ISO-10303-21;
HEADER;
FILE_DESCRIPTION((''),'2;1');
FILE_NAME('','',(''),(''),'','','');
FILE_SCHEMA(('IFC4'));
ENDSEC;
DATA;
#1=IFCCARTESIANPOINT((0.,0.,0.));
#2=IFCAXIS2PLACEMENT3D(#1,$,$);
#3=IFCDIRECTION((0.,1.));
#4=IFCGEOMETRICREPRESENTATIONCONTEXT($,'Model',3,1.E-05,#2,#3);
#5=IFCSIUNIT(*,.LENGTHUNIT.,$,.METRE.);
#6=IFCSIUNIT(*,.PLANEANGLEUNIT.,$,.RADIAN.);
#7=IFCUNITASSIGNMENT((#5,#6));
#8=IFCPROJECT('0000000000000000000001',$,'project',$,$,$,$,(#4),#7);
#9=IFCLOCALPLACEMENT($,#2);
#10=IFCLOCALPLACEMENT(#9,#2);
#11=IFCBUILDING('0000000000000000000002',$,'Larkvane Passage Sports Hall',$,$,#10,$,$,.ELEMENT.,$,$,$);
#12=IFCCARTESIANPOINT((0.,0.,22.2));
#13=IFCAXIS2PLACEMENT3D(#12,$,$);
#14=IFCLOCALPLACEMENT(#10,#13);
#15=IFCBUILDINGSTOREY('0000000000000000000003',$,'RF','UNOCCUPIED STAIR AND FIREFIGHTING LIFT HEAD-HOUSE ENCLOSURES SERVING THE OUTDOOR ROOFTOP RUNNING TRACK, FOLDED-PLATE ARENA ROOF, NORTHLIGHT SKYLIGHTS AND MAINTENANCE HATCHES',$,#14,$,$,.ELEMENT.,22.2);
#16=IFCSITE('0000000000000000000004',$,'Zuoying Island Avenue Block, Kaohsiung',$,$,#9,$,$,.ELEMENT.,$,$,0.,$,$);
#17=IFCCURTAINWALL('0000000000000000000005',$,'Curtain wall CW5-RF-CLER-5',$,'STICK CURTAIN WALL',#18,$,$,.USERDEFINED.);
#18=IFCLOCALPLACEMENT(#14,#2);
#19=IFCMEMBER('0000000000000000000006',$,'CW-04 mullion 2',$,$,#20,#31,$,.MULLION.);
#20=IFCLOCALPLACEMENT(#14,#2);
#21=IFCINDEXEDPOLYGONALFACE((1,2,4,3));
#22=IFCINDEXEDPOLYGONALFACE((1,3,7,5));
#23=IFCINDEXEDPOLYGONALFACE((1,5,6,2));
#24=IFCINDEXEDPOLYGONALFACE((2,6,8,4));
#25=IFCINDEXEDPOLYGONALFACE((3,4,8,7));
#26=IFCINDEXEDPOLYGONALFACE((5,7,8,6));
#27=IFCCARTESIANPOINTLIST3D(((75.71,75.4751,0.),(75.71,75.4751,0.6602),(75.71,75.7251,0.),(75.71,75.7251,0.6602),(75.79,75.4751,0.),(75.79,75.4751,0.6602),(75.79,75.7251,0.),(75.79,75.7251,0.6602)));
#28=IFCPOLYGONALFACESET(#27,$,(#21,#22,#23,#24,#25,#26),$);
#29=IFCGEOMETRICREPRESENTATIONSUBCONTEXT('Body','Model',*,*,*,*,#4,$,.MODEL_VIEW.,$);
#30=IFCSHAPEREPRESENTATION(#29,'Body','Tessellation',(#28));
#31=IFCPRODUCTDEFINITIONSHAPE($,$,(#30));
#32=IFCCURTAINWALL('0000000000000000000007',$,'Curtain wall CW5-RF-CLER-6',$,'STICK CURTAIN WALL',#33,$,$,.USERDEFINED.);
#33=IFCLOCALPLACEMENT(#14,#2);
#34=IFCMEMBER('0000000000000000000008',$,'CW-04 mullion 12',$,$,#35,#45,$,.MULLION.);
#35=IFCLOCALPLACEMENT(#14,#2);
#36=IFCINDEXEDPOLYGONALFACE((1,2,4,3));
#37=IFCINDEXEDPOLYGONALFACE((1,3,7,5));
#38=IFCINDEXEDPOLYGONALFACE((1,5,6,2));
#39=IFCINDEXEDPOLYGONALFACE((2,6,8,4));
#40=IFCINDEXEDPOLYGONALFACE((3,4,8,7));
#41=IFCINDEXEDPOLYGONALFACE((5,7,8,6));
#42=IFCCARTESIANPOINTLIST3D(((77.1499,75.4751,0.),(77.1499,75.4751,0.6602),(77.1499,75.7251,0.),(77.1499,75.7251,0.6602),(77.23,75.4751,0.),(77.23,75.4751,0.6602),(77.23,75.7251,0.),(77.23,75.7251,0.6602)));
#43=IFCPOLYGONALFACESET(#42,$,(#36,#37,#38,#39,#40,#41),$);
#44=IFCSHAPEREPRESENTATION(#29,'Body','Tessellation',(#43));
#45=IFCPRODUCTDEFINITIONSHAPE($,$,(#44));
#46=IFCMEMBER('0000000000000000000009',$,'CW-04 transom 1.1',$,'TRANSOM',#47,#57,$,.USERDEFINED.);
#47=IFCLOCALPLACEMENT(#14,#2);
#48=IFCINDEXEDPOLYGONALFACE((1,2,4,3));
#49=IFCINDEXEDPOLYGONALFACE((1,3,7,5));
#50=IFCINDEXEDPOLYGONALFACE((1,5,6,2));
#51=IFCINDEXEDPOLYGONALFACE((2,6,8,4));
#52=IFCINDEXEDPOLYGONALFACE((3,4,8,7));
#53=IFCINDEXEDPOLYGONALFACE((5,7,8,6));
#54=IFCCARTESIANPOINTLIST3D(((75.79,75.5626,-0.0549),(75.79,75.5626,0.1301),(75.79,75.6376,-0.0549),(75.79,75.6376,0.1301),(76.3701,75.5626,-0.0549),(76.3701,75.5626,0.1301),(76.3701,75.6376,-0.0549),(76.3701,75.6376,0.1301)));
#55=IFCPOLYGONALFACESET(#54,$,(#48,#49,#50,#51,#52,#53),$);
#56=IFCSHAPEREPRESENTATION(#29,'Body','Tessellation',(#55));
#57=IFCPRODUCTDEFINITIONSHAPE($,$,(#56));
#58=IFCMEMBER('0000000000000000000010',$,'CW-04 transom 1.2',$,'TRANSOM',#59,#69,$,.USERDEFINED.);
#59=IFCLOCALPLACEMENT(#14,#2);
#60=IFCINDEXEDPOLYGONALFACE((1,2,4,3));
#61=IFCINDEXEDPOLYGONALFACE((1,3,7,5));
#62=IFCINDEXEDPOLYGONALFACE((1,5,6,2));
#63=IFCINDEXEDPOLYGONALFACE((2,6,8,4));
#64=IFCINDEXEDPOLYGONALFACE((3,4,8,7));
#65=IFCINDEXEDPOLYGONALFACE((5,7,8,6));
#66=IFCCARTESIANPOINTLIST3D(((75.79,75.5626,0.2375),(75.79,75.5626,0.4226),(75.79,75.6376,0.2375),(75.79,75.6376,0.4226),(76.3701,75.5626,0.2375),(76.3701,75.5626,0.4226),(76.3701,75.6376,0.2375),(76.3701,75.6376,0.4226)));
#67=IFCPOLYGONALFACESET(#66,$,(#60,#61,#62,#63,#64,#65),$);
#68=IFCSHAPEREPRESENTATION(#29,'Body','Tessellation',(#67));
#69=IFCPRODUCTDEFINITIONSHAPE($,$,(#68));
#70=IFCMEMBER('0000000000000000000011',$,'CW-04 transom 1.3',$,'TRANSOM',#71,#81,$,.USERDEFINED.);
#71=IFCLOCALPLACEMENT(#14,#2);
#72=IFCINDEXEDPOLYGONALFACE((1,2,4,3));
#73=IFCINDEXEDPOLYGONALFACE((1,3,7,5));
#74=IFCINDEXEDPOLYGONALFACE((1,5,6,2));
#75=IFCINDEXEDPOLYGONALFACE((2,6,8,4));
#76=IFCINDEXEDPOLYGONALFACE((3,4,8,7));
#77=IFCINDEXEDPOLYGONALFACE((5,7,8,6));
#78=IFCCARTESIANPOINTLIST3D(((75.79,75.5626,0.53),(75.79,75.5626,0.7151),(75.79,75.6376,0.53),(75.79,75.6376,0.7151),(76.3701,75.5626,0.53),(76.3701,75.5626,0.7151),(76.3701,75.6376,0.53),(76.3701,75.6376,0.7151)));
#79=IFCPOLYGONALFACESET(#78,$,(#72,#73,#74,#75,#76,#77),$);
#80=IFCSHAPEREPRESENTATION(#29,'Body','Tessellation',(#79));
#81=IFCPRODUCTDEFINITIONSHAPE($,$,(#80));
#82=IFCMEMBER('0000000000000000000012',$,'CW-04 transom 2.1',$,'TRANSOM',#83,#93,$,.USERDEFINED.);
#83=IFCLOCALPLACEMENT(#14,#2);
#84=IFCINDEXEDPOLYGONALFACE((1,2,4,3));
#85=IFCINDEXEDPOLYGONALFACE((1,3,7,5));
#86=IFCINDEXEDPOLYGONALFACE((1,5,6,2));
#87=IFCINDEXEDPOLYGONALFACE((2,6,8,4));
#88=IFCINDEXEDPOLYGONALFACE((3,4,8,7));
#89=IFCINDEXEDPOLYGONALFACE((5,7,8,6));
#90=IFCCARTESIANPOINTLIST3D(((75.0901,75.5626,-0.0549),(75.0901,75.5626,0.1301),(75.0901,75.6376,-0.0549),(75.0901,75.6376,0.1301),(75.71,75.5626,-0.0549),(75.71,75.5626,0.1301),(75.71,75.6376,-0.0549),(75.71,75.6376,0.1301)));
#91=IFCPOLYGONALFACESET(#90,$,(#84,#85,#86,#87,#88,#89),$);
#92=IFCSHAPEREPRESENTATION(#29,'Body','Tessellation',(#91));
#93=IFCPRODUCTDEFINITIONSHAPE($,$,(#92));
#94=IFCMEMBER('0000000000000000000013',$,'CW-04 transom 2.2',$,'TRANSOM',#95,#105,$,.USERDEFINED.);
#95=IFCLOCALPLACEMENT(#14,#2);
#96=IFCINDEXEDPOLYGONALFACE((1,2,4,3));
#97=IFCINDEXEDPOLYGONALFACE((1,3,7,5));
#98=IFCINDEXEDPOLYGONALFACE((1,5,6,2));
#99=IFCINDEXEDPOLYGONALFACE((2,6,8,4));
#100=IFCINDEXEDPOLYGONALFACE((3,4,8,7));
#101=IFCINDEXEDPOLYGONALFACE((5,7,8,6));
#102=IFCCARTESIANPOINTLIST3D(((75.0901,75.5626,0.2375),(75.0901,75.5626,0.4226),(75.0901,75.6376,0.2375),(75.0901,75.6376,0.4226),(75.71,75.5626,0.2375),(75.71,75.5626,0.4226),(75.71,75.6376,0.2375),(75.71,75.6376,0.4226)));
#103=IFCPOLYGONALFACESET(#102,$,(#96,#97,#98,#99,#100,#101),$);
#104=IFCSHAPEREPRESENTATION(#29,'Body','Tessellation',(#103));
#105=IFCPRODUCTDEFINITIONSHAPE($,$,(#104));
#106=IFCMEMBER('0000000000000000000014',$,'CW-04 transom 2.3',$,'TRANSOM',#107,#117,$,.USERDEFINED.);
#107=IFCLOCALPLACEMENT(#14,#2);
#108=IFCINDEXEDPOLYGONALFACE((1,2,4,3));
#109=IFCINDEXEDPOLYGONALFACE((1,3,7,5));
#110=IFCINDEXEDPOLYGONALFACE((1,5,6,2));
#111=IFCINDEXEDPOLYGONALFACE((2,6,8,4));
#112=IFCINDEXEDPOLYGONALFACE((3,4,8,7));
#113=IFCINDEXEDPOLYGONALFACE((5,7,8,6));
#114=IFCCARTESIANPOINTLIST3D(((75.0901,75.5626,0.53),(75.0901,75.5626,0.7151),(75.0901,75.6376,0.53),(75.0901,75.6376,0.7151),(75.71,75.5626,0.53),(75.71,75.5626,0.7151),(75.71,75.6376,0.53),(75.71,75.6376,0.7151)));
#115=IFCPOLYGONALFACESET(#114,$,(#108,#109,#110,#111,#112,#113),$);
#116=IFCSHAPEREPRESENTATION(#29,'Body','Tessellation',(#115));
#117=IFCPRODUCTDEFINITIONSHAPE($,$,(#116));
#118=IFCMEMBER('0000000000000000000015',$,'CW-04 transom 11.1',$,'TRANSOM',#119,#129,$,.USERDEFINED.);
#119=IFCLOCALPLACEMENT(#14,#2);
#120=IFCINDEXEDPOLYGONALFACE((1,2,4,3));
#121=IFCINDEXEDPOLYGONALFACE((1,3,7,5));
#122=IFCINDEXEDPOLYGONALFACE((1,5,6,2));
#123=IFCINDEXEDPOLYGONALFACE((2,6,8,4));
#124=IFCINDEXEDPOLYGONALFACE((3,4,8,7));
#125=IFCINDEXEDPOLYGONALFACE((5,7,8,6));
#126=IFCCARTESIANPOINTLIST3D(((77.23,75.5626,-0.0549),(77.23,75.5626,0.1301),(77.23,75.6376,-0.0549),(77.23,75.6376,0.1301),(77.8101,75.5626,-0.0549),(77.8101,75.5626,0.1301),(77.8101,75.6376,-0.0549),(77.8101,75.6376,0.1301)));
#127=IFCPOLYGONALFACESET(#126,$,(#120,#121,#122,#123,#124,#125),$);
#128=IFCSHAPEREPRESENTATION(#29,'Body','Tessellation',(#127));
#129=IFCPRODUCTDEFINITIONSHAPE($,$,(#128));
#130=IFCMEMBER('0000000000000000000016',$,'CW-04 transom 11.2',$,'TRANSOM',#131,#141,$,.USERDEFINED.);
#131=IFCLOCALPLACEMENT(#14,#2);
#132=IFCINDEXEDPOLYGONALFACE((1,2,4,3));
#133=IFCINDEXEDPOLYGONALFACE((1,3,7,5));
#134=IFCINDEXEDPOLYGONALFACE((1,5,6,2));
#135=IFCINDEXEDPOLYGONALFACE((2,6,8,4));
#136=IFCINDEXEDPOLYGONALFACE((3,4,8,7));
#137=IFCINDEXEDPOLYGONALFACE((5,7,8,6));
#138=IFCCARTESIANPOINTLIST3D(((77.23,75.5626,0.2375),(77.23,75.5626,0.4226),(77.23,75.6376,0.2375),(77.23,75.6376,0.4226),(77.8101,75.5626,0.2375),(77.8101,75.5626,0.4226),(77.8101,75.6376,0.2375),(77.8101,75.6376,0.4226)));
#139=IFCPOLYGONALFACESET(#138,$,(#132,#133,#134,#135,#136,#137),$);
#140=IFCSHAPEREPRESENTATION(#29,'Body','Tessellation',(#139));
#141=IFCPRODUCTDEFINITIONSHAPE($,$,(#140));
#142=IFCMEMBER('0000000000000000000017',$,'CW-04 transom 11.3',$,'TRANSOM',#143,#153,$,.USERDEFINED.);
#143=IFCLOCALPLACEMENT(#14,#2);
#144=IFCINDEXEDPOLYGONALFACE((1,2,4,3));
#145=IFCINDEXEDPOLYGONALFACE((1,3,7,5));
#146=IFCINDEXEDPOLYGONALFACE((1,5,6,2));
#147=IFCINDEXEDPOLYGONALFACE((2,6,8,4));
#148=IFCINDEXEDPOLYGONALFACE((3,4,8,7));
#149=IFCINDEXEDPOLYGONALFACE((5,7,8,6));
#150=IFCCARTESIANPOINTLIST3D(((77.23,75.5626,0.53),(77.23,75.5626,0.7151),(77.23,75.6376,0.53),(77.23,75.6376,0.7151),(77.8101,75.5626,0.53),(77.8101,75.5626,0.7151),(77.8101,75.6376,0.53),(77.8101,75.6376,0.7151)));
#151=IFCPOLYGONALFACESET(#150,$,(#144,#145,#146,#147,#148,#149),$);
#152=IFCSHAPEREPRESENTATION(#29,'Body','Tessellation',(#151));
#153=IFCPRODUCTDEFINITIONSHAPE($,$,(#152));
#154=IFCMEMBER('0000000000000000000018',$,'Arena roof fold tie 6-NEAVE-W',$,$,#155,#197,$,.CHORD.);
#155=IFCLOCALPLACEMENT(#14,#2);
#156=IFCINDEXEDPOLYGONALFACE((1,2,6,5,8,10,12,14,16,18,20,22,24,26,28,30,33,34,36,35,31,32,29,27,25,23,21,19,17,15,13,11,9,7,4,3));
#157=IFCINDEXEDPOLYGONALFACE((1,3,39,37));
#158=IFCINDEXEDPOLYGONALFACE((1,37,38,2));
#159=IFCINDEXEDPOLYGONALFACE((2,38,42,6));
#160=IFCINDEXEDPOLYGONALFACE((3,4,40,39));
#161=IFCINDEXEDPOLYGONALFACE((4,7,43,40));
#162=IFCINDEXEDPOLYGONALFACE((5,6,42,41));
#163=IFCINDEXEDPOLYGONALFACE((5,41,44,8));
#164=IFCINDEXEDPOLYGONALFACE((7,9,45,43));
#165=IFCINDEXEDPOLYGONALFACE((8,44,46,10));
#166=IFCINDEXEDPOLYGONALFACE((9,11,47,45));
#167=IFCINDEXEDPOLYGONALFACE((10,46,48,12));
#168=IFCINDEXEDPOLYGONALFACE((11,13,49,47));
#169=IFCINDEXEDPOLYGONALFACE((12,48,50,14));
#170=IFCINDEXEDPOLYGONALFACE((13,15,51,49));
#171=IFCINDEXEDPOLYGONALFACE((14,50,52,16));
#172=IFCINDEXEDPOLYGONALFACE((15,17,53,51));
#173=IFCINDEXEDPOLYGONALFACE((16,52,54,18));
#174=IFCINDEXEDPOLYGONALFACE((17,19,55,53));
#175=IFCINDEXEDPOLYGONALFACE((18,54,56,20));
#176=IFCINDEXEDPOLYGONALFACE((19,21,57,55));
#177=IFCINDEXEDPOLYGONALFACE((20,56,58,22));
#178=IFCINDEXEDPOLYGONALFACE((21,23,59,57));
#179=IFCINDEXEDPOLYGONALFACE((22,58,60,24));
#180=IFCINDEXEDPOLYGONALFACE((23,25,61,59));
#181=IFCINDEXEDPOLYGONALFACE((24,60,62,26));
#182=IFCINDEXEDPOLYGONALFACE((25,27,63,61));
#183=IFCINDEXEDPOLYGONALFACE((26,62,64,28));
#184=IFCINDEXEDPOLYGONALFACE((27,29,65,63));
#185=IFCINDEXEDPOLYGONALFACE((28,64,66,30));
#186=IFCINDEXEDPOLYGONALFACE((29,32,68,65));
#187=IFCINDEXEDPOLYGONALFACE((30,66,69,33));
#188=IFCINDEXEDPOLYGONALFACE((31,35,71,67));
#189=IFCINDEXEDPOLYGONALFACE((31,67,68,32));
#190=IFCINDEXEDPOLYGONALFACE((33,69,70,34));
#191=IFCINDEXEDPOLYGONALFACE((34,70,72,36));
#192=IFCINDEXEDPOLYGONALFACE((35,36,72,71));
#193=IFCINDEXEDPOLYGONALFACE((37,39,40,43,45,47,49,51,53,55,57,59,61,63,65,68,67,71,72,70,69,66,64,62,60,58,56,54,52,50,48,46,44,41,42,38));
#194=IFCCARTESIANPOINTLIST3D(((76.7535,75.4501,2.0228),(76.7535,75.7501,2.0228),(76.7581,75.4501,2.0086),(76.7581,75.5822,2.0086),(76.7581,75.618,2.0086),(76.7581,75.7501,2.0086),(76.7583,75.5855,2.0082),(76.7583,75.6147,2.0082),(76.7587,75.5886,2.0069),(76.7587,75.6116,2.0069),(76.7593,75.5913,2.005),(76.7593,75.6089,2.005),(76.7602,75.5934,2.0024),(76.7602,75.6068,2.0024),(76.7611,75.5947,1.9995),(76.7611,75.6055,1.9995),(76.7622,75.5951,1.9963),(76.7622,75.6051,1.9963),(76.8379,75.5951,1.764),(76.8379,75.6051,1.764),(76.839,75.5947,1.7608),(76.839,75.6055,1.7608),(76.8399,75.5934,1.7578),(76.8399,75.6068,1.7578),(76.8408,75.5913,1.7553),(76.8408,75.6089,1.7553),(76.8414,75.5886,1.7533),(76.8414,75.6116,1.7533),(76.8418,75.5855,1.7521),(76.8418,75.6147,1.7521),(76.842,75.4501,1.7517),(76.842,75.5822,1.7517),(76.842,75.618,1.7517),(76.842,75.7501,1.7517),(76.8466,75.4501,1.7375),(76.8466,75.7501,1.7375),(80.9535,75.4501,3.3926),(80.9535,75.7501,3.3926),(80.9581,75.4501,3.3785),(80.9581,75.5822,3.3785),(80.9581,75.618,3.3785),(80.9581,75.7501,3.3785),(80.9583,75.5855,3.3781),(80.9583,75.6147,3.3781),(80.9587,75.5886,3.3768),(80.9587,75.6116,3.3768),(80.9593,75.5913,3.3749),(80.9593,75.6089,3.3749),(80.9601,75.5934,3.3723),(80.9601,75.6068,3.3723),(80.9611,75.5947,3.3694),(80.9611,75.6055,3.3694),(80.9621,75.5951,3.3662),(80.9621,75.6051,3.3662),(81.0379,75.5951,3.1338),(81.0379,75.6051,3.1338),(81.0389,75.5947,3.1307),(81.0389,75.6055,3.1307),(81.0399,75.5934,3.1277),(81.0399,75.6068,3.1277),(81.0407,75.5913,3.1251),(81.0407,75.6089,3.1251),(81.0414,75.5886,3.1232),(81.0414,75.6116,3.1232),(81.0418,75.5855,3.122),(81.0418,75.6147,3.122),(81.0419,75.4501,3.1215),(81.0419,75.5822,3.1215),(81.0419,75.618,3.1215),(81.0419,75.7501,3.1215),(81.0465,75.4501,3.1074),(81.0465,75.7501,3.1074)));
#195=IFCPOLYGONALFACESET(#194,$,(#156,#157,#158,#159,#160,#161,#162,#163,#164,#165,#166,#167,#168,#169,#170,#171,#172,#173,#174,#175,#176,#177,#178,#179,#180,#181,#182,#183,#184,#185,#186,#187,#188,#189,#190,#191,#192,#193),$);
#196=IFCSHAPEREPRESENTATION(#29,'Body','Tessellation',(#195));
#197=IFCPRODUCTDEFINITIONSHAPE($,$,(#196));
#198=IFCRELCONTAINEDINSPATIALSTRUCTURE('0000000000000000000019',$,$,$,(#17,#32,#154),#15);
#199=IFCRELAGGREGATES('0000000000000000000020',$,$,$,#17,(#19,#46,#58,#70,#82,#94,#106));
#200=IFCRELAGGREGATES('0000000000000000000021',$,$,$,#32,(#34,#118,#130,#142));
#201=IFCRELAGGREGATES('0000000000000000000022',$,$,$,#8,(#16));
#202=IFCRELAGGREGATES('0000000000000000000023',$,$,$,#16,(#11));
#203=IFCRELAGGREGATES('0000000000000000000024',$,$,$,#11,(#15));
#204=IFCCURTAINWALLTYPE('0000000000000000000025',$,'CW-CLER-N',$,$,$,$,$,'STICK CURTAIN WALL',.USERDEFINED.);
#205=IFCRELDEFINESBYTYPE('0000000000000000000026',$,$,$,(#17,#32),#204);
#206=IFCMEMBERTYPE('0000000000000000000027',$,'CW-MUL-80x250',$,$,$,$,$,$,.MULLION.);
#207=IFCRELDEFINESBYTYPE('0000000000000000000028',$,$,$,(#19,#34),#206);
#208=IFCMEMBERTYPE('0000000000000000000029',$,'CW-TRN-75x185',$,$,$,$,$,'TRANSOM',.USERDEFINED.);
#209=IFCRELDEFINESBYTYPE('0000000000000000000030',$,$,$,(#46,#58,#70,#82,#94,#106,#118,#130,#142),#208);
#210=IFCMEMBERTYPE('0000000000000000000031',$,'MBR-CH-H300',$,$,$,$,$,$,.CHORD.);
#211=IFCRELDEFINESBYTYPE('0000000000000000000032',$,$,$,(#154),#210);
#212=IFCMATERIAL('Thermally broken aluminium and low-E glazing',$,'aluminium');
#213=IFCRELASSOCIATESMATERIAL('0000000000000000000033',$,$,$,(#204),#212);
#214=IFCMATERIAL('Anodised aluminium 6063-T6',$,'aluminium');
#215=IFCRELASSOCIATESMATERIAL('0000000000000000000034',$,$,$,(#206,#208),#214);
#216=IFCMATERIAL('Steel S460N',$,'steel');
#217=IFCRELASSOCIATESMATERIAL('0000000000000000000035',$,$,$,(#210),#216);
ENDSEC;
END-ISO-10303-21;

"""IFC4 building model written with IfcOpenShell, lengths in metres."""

from ifc_helpers import new_model, si_unit, direction, frame, origin, origin_2d, place, context, subcontext, project, spatial, rectangle, i_section, extrude, material, material_profile, profile_set, type_object, element, aggregate, save


model = new_model("IFC4")

# Units and contexts
model_context = context("Model", 3, precision=1e-05, world=origin(), true_north=direction((0.0, 1.0)))
body_context = subcontext(model_context, "Body", "Model", "MODEL_VIEW")
ifc_project = project(units=[si_unit("LENGTHUNIT", "METRE"), si_unit("PLANEANGLEUNIT", "RADIAN")], contexts=[model_context])

# Site, building, storey
site_placement = place(None, origin())
site = spatial("IfcSite", under=ifc_project, at=site_placement, Name="Zuoying Island Avenue Block, Kaohsiung", CompositionType="ELEMENT", RefElevation=0.0)
building_placement = place(site_placement, origin())
building = spatial("IfcBuilding", under=site, at=building_placement, Name="Larkvane Passage Sports Hall", CompositionType="ELEMENT")
storey_placement = place(building_placement, frame((0.0, 0.0, 22.2)))
storey = spatial("IfcBuildingStorey", under=building, at=storey_placement, Name="RF", Description="UNOCCUPIED STAIR AND FIREFIGHTING LIFT HEAD-HOUSE ENCLOSURES SERVING THE OUTDOOR ROOFTOP RUNNING TRACK, FOLDED-PLATE ARENA ROOF, NORTHLIGHT SKYLIGHTS AND MAINTENANCE HATCHES", CompositionType="ELEMENT", Elevation=22.2)

# Shared definitions
ifc_material_1 = material(Name="Steel S460N", Category="steel")

# Curtain wall, member
ifc_material_2 = material(Name="Thermally broken aluminium and low-E glazing", Category="aluminium")
curtain_wall_type = type_object("IfcCurtainWallType", Name="CW-CLER-N", ElementType="STICK CURTAIN WALL", PredefinedType="USERDEFINED", material=ifc_material_2)
curtain_wall_1_placement = place(storey_placement, origin())
curtain_wall_1 = element("IfcCurtainWall", 1, at=curtain_wall_1_placement, inside=storey, type_object=curtain_wall_type, Name="Curtain wall CW5-RF-CLER-5", ObjectType="STICK CURTAIN WALL", PredefinedType="USERDEFINED")
ifc_material_3 = material(Name="Anodised aluminium 6063-T6", Category="aluminium")
ifc_material_profile_1 = material_profile(ifc_material_3, rectangle(XDim=0.0801, YDim=0.25, at=origin_2d()), Name="ALU-MUL-80x250")
ifc_profile_set_1 = profile_set([ifc_material_profile_1], Name="Anodised aluminium 6063-T6")
member_type_1 = type_object("IfcMemberType", Name="CW-MUL-80x250", PredefinedType="MULLION", material=ifc_profile_set_1)
member_1_placement = place(storey_placement, frame((75.75, 75.6001, 0.0), z_axis=(0.0, 0.0, 1.0), x_axis=(-1.0, 0.0, 0.0)))
member_1 = element("IfcMember", 2, at=member_1_placement, type_object=member_type_1, Name="CW-04 mullion 2", PredefinedType="MULLION", context=body_context, shape_type="SweptSolid", body=[
    extrude(rectangle(XDim=0.0801, YDim=0.25, at=origin_2d()), origin(), (0.0, 0.0, 1.0), 0.6602),
])

# Curtain wall, member
curtain_wall_2_placement = place(storey_placement, origin())
curtain_wall_2 = element("IfcCurtainWall", 3, at=curtain_wall_2_placement, inside=storey, type_object=curtain_wall_type, Name="Curtain wall CW5-RF-CLER-6", ObjectType="STICK CURTAIN WALL", PredefinedType="USERDEFINED")
member_2_placement = place(storey_placement, frame((77.1899, 75.6001, 0.0), z_axis=(0.0, 0.0, 1.0), x_axis=(-1.0, 0.0, 0.0)))
member_2 = element("IfcMember", 4, at=member_2_placement, type_object=member_type_1, Name="CW-04 mullion 12", PredefinedType="MULLION", context=body_context, shape_type="SweptSolid", body=[
    extrude(rectangle(XDim=0.0801, YDim=0.25, at=origin_2d()), origin(), (0.0, 0.0, 1.0), 0.6602),
])

# Members
ifc_material_profile_2 = material_profile(ifc_material_3, rectangle(XDim=0.075, YDim=0.1851, at=origin_2d()), Name="ALU-TRN-75x185")
ifc_profile_set_2 = profile_set([ifc_material_profile_2], Name="Anodised aluminium 6063-T6")
member_type_2 = type_object("IfcMemberType", Name="CW-TRN-75x185", ElementType="TRANSOM", PredefinedType="USERDEFINED", material=ifc_profile_set_2)
member_3_placement = place(storey_placement, frame((76.3701, 75.6001, 0.0376), z_axis=(-1.0, 0.0, 0.0), x_axis=(0.0, -1.0, 0.0)))
member_3 = element("IfcMember", 5, at=member_3_placement, type_object=member_type_2, Name="CW-04 transom 1.1", ObjectType="TRANSOM", PredefinedType="USERDEFINED", context=body_context, shape_type="SweptSolid", body=[
    extrude(rectangle(XDim=0.075, YDim=0.1851, at=origin_2d()), origin(), (0.0, 0.0, 1.0), 0.5801),
])
member_4_placement = place(storey_placement, frame((76.3701, 75.6001, 0.3301), z_axis=(-1.0, 0.0, 0.0), x_axis=(0.0, -1.0, 0.0)))
member_4 = element("IfcMember", 6, at=member_4_placement, type_object=member_type_2, Name="CW-04 transom 1.2", ObjectType="TRANSOM", PredefinedType="USERDEFINED", context=body_context, shape_type="SweptSolid", body=[
    extrude(rectangle(XDim=0.075, YDim=0.1851, at=origin_2d()), origin(), (0.0, 0.0, 1.0), 0.5801),
])
member_5_placement = place(storey_placement, frame((76.3701, 75.6001, 0.6226), z_axis=(-1.0, 0.0, 0.0), x_axis=(0.0, -1.0, 0.0)))
member_5 = element("IfcMember", 7, at=member_5_placement, type_object=member_type_2, Name="CW-04 transom 1.3", ObjectType="TRANSOM", PredefinedType="USERDEFINED", context=body_context, shape_type="SweptSolid", body=[
    extrude(rectangle(XDim=0.075, YDim=0.1851, at=origin_2d()), origin(), (0.0, 0.0, 1.0), 0.5801),
])
member_6_placement = place(storey_placement, frame((75.71, 75.6001, 0.0376), z_axis=(-1.0, 0.0, 0.0), x_axis=(0.0, -1.0, 0.0)))
member_6 = element("IfcMember", 8, at=member_6_placement, type_object=member_type_2, Name="CW-04 transom 2.1", ObjectType="TRANSOM", PredefinedType="USERDEFINED", context=body_context, shape_type="SweptSolid", body=[
    extrude(rectangle(XDim=0.075, YDim=0.1851, at=origin_2d()), origin(), (0.0, 0.0, 1.0), 0.6199),
])
member_7_placement = place(storey_placement, frame((75.71, 75.6001, 0.3301), z_axis=(-1.0, 0.0, 0.0), x_axis=(0.0, -1.0, 0.0)))
member_7 = element("IfcMember", 9, at=member_7_placement, type_object=member_type_2, Name="CW-04 transom 2.2", ObjectType="TRANSOM", PredefinedType="USERDEFINED", context=body_context, shape_type="SweptSolid", body=[
    extrude(rectangle(XDim=0.075, YDim=0.1851, at=origin_2d()), origin(), (0.0, 0.0, 1.0), 0.6199),
])
member_8_placement = place(storey_placement, frame((75.71, 75.6001, 0.6226), z_axis=(-1.0, 0.0, 0.0), x_axis=(0.0, -1.0, 0.0)))
member_8 = element("IfcMember", 10, at=member_8_placement, type_object=member_type_2, Name="CW-04 transom 2.3", ObjectType="TRANSOM", PredefinedType="USERDEFINED", context=body_context, shape_type="SweptSolid", body=[
    extrude(rectangle(XDim=0.075, YDim=0.1851, at=origin_2d()), origin(), (0.0, 0.0, 1.0), 0.6199),
])
member_9_placement = place(storey_placement, frame((77.8101, 75.6001, 0.0376), z_axis=(-1.0, 0.0, 0.0), x_axis=(0.0, -1.0, 0.0)))
member_9 = element("IfcMember", 11, at=member_9_placement, type_object=member_type_2, Name="CW-04 transom 11.1", ObjectType="TRANSOM", PredefinedType="USERDEFINED", context=body_context, shape_type="SweptSolid", body=[
    extrude(rectangle(XDim=0.075, YDim=0.1851, at=origin_2d()), origin(), (0.0, 0.0, 1.0), 0.5801),
])
member_10_placement = place(storey_placement, frame((77.8101, 75.6001, 0.3301), z_axis=(-1.0, 0.0, 0.0), x_axis=(0.0, -1.0, 0.0)))
member_10 = element("IfcMember", 12, at=member_10_placement, type_object=member_type_2, Name="CW-04 transom 11.2", ObjectType="TRANSOM", PredefinedType="USERDEFINED", context=body_context, shape_type="SweptSolid", body=[
    extrude(rectangle(XDim=0.075, YDim=0.1851, at=origin_2d()), origin(), (0.0, 0.0, 1.0), 0.5801),
])
member_11_placement = place(storey_placement, frame((77.8101, 75.6001, 0.6226), z_axis=(-1.0, 0.0, 0.0), x_axis=(0.0, -1.0, 0.0)))
member_11 = element("IfcMember", 13, at=member_11_placement, type_object=member_type_2, Name="CW-04 transom 11.3", ObjectType="TRANSOM", PredefinedType="USERDEFINED", context=body_context, shape_type="SweptSolid", body=[
    extrude(rectangle(XDim=0.075, YDim=0.1851, at=origin_2d()), origin(), (0.0, 0.0, 1.0), 0.5801),
])
ifc_material_profile_3 = material_profile(ifc_material_1, i_section(OverallWidth=0.3, OverallDepth=0.3, WebThickness=0.01, FlangeThickness=0.0149, FilletRadius=0.0129, at=origin_2d()), Name="H-300x300x10x15")
ifc_profile_set_3 = profile_set([ifc_material_profile_3], Name="Steel S460N")
member_type_3 = type_object("IfcMemberType", Name="MBR-CH-H300", PredefinedType="CHORD", material=ifc_profile_set_3)
member_12_placement = place(storey_placement, frame((76.8, 75.6001, 1.8801), z_axis=(0.950708, 0.0, 0.310087), x_axis=(0.0, 1.0, 0.0)))
element("IfcMember", 14, at=member_12_placement, inside=storey, type_object=member_type_3, Name="Arena roof fold tie 6-NEAVE-W", PredefinedType="CHORD", context=body_context, shape_type="SweptSolid", body=[
    extrude(i_section(OverallWidth=0.3, OverallDepth=0.3, WebThickness=0.01, FlangeThickness=0.0149, FilletRadius=0.0129, at=origin_2d()), origin(), (0.0, 0.0, 1.0), 4.4177),
])

aggregate(curtain_wall_1, [member_1, member_3, member_4, member_5, member_6, member_7, member_8])
aggregate(curtain_wall_2, [member_2, member_9, member_10, member_11])

save(model, "model.ifc")
